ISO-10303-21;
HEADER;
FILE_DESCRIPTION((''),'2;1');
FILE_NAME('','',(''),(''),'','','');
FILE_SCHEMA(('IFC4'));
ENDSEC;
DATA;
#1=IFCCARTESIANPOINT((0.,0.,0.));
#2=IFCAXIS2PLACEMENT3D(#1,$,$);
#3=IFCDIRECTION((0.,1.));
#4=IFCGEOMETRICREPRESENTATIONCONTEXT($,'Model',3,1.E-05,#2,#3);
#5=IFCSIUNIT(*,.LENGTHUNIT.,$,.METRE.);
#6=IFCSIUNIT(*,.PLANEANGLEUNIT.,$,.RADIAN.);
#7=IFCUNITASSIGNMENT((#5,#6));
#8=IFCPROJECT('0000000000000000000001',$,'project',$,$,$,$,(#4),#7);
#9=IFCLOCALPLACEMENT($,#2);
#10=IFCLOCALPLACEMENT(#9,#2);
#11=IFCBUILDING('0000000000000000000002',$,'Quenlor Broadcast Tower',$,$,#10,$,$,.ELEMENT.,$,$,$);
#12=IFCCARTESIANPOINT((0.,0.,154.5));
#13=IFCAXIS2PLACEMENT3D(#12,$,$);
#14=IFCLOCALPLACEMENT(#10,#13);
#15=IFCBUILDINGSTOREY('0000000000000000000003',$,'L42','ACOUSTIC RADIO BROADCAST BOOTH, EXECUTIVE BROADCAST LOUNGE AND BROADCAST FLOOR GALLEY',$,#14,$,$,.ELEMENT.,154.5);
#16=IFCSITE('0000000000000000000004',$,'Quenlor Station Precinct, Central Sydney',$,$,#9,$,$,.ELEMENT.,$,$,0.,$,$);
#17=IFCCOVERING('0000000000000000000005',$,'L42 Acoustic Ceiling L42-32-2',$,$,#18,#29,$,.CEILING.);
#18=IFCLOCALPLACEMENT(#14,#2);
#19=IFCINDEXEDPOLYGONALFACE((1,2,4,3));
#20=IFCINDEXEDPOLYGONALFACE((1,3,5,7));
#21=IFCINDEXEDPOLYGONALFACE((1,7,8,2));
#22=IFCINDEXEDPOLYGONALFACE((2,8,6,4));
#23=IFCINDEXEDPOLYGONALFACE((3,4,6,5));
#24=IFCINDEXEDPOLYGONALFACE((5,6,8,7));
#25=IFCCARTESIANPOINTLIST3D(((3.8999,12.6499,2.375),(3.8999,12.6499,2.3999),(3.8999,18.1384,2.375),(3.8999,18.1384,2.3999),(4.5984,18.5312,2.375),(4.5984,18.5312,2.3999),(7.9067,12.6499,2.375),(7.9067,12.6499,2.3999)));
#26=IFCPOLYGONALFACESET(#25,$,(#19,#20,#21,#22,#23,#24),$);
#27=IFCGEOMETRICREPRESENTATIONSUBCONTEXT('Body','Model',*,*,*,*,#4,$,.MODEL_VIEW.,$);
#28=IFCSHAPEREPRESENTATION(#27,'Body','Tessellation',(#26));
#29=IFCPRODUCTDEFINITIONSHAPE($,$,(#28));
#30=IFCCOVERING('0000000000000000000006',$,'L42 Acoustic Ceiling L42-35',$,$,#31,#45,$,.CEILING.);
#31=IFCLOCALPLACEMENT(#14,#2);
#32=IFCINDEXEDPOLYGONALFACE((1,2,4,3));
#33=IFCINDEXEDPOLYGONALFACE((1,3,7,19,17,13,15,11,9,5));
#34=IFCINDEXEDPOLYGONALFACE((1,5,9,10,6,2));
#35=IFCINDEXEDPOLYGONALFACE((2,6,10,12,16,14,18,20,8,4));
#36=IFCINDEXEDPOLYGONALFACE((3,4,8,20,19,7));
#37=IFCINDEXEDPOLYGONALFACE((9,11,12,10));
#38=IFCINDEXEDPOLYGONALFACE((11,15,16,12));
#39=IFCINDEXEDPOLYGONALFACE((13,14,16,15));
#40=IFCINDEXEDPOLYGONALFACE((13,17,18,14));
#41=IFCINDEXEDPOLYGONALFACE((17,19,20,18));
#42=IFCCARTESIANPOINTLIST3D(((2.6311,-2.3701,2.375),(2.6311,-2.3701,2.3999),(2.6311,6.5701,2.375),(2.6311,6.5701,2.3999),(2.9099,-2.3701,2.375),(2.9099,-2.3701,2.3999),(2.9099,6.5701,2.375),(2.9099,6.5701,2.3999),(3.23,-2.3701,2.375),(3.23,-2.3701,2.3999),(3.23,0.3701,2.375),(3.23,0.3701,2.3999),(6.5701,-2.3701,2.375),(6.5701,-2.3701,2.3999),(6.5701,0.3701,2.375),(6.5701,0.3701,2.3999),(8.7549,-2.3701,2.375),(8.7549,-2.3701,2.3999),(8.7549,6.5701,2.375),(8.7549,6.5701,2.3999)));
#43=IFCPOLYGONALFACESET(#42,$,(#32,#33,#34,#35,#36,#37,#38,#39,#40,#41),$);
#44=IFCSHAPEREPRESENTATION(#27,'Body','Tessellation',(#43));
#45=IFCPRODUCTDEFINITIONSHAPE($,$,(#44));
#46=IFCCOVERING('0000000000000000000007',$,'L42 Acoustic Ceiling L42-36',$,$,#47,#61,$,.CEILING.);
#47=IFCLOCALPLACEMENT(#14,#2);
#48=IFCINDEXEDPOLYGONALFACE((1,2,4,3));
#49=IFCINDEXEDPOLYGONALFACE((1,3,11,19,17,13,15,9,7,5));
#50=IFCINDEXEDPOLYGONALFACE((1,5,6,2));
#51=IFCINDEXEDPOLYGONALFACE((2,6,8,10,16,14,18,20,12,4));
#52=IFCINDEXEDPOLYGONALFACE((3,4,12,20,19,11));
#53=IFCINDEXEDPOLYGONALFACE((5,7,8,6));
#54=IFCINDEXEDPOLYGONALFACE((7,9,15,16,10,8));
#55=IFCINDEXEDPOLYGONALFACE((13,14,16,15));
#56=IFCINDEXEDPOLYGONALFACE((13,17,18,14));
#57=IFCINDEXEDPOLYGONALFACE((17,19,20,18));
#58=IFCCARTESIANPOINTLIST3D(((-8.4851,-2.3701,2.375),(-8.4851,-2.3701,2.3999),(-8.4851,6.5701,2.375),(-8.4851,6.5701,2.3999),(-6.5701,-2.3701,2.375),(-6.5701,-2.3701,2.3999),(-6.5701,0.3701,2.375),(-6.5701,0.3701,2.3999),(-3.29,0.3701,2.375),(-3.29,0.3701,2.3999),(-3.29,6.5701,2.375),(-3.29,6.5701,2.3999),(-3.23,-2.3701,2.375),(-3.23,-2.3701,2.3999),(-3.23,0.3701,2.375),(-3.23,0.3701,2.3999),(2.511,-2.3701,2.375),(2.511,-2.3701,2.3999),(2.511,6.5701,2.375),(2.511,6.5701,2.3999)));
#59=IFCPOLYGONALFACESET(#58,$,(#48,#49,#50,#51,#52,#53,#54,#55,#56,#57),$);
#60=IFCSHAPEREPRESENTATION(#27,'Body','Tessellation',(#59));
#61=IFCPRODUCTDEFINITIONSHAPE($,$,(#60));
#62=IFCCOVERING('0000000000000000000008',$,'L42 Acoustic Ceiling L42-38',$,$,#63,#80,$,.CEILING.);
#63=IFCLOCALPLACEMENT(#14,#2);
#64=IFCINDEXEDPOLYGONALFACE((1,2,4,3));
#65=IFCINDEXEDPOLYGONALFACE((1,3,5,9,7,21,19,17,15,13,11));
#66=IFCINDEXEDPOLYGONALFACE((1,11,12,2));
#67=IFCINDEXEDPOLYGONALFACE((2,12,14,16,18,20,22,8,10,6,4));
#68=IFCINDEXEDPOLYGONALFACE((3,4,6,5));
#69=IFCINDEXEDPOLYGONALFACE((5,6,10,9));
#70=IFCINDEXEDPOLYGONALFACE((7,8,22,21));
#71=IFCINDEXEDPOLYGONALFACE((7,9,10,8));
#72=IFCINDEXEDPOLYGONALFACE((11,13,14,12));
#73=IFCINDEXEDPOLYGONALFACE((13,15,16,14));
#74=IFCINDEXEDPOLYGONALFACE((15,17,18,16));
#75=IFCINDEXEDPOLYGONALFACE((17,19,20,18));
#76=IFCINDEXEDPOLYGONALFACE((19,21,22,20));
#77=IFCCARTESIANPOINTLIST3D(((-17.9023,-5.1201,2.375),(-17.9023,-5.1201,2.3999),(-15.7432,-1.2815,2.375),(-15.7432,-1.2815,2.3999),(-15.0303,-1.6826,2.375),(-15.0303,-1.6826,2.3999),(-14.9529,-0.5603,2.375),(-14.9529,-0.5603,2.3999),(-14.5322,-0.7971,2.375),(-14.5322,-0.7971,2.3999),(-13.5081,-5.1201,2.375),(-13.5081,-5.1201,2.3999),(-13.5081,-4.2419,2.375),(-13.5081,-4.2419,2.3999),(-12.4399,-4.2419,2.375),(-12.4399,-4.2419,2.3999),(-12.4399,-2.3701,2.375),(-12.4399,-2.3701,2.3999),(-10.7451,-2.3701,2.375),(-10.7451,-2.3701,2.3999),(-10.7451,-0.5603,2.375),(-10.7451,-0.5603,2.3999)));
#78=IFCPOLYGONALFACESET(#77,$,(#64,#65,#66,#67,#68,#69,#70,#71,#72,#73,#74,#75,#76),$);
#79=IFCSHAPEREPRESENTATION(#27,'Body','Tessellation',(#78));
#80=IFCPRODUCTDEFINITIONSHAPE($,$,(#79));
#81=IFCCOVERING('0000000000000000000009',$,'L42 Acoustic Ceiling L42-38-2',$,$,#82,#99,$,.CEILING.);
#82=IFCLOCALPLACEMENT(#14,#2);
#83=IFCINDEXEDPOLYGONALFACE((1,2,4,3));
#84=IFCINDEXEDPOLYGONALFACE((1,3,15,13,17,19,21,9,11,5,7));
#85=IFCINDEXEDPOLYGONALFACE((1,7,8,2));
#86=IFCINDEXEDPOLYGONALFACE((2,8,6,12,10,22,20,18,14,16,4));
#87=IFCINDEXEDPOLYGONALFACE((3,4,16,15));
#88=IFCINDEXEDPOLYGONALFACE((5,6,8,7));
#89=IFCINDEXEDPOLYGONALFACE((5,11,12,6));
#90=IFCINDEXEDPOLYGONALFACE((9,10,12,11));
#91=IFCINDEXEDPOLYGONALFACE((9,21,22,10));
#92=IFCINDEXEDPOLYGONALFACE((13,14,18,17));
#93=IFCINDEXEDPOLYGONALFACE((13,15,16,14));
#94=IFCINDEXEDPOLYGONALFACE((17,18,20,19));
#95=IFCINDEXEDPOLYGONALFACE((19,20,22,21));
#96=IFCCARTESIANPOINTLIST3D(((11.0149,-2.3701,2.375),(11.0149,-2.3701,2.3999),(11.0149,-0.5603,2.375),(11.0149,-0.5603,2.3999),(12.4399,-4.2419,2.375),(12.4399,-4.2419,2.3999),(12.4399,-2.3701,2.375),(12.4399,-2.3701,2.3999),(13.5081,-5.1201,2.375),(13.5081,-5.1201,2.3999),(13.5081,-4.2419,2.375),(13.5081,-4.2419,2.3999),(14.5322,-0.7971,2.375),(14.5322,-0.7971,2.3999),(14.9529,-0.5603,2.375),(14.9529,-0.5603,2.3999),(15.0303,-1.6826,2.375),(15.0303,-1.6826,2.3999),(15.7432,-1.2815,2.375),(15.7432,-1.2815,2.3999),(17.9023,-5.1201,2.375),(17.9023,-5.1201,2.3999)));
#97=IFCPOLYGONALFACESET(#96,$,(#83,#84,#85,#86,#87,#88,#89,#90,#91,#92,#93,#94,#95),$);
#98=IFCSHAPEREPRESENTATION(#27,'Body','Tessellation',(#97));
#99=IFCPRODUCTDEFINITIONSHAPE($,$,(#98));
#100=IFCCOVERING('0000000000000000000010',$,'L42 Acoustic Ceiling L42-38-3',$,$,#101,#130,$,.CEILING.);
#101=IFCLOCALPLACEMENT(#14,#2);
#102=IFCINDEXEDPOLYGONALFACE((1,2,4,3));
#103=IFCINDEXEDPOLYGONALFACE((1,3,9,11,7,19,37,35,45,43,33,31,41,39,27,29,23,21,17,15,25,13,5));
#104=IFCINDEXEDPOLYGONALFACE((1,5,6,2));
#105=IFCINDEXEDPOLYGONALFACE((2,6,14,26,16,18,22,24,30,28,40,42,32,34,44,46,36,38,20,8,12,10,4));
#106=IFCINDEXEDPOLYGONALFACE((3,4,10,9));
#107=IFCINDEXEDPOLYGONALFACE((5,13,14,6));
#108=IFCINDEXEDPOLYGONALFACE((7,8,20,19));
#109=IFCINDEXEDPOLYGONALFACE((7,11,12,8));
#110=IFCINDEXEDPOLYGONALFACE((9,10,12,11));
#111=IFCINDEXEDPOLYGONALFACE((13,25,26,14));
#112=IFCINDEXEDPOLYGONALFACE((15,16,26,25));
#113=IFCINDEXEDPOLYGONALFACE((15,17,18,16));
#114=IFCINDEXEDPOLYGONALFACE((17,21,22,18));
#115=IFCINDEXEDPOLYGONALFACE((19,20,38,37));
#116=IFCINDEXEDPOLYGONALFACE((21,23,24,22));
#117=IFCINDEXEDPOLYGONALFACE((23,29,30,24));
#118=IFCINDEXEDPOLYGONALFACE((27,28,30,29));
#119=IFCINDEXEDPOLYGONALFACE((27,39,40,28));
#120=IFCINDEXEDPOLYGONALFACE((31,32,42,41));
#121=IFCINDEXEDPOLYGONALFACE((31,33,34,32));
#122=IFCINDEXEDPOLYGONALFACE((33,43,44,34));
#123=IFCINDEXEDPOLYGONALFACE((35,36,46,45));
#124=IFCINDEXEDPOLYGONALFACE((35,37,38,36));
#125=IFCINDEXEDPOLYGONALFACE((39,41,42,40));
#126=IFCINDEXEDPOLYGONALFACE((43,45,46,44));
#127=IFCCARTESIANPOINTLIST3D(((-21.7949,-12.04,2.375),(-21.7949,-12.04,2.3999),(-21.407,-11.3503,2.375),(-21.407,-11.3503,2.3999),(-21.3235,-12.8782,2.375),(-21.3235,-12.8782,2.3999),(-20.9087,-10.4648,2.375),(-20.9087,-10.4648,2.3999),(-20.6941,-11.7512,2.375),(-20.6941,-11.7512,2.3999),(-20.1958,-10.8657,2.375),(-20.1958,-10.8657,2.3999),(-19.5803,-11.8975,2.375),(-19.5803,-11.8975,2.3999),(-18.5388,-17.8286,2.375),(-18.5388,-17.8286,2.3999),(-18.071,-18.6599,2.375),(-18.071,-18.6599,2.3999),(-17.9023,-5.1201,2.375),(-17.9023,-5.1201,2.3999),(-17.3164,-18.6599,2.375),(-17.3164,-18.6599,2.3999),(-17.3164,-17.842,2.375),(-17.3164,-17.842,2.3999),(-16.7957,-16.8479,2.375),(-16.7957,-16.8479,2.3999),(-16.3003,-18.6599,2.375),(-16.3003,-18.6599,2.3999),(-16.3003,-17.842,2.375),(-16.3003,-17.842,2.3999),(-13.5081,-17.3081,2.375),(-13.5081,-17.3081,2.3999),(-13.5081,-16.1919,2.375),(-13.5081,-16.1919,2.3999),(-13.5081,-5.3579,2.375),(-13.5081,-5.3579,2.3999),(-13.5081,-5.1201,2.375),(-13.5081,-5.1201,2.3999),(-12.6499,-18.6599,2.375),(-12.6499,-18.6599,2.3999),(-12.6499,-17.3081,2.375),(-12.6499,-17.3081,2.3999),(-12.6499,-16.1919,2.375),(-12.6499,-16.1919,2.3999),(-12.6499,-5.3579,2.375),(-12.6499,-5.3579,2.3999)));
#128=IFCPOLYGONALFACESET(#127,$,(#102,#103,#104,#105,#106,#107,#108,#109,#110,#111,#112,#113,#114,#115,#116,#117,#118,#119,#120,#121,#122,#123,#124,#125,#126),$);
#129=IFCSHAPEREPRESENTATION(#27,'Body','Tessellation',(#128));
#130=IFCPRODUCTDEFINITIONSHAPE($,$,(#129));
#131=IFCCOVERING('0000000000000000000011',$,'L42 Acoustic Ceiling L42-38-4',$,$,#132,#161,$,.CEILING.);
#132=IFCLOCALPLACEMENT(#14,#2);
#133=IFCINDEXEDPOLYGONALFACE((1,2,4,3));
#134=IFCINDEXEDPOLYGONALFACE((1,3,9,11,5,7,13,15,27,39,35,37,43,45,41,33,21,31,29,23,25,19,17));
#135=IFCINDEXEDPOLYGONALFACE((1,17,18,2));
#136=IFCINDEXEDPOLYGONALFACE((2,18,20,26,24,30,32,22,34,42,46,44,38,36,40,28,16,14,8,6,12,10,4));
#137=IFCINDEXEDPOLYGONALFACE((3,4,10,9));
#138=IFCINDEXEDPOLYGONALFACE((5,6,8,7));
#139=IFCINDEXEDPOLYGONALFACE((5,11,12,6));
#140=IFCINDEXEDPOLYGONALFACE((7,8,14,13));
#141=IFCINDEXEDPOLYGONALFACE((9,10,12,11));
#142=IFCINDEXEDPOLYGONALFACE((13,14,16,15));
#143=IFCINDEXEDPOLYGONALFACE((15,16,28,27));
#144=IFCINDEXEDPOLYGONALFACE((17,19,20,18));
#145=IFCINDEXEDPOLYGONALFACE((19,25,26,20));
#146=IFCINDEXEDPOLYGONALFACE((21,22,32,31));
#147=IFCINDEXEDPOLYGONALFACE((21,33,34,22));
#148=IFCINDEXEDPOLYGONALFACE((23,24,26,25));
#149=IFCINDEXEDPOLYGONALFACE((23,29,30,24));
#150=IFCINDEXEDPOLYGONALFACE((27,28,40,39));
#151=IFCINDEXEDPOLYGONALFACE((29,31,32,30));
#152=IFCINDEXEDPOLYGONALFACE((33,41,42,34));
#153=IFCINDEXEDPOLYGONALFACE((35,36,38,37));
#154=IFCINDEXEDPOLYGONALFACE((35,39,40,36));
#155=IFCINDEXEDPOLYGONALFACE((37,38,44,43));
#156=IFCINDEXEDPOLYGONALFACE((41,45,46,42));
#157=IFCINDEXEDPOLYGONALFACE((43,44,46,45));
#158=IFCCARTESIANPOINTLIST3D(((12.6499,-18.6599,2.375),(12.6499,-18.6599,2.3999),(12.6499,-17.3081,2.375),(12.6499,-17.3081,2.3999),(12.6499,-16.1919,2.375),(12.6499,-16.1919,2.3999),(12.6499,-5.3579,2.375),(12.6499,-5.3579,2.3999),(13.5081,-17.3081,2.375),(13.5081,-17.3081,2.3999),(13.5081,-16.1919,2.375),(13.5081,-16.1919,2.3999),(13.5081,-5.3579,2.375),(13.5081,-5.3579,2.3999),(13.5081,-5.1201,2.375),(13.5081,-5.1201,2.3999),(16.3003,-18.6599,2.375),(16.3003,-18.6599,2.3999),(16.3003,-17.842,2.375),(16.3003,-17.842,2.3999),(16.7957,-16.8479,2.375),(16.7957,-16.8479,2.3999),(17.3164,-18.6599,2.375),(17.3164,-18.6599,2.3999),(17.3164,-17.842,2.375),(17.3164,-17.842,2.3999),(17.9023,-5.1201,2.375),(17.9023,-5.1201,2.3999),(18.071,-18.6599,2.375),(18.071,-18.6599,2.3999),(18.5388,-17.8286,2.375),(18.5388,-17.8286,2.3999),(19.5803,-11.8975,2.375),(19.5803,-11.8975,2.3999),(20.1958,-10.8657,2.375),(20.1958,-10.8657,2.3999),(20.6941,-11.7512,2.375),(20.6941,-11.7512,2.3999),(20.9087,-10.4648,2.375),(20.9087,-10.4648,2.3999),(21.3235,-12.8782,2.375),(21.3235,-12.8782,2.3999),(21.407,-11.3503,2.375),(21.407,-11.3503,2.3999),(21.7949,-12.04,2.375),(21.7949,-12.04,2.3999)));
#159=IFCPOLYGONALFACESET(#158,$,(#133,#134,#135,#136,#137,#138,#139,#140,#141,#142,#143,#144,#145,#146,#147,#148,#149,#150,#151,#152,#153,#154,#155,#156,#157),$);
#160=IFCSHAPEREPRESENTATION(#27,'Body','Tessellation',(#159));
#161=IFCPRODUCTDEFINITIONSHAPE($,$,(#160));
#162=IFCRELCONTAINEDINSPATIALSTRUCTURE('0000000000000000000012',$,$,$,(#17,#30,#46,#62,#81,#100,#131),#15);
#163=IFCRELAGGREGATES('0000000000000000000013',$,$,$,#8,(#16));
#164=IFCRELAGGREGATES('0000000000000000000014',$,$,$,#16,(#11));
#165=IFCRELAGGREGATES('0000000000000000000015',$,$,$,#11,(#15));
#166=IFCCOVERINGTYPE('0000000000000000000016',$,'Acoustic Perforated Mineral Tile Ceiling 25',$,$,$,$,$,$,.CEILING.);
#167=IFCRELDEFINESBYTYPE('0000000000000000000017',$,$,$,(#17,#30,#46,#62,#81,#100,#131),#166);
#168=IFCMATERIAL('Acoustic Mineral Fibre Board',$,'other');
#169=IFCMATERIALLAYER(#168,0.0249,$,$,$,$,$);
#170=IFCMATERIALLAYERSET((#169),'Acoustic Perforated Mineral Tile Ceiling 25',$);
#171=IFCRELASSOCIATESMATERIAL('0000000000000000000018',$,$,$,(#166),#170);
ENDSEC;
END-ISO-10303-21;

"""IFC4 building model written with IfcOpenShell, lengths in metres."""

from ifc_helpers import new_model, si_unit, direction, frame, origin, place, context, subcontext, project, spatial, polyline, outline, extrude, material, layer, layer_set, type_object, element, save


model = new_model("IFC4")

# Units and contexts
model_context = context("Model", 3, precision=1e-05, world=origin(), true_north=direction((0.0, 1.0)))
body_context = subcontext(model_context, "Body", "Model", "MODEL_VIEW")
ifc_project = project(units=[si_unit("LENGTHUNIT", "METRE"), si_unit("PLANEANGLEUNIT", "RADIAN")], contexts=[model_context])

# Site, building, storey
site_placement = place(None, origin())
site = spatial("IfcSite", under=ifc_project, at=site_placement, Name="Quenlor Station Precinct, Central Sydney", CompositionType="ELEMENT", RefElevation=0.0)
building_placement = place(site_placement, origin())
building = spatial("IfcBuilding", under=site, at=building_placement, Name="Quenlor Broadcast Tower", CompositionType="ELEMENT")
storey_placement = place(building_placement, frame((0.0, 0.0, 154.5)))
storey = spatial("IfcBuildingStorey", under=building, at=storey_placement, Name="L42", Description="ACOUSTIC RADIO BROADCAST BOOTH, EXECUTIVE BROADCAST LOUNGE AND BROADCAST FLOOR GALLEY", CompositionType="ELEMENT", Elevation=154.5)

# Coverings
ifc_material_1 = material(Name="Acoustic Mineral Fibre Board", Category="other")
ifc_layer_1 = layer(ifc_material_1, 0.0249)
ifc_layer_set_1 = layer_set([ifc_layer_1], Name="Acoustic Perforated Mineral Tile Ceiling 25")
covering_type_1 = type_object("IfcCoveringType", Name="Acoustic Perforated Mineral Tile Ceiling 25", PredefinedType="CEILING", material=ifc_layer_set_1)
covering_1_placement = place(storey_placement, frame((0.0, 0.0, 2.375)))
element("IfcCovering", 1, at=covering_1_placement, inside=storey, type_object=covering_type_1, Name="L42 Acoustic Ceiling L42-32-2", PredefinedType="CEILING", context=body_context, shape_type="SweptSolid", body=[
    extrude(outline(polyline([(3.8999, 18.1384), (4.5984, 18.5312), (7.9067, 12.6499), (3.8999, 12.6499), (3.8999, 18.1384)])), origin(), (0.0, 0.0, 1.0), 0.0249),
])
covering_2_placement = place(storey_placement, frame((0.0, 0.0, 2.375)))
element("IfcCovering", 2, at=covering_2_placement, inside=storey, type_object=covering_type_1, Name="L42 Acoustic Ceiling L42-35", PredefinedType="CEILING", context=body_context, shape_type="SweptSolid", body=[
    extrude(outline(polyline([(6.5701, -2.3701), (6.5701, 0.3701), (3.23, 0.3701), (3.23, -2.3701), (2.9099, -2.3701), (2.6311, -2.3701), (2.6311, 6.5701), (2.9099, 6.5701), (8.7549, 6.5701), (8.7549, -2.3701), (6.5701, -2.3701)])), origin(), (0.0, 0.0, 1.0), 0.0249),
])
covering_3_placement = place(storey_placement, frame((0.0, 0.0, 2.375)))
element("IfcCovering", 3, at=covering_3_placement, inside=storey, type_object=covering_type_1, Name="L42 Acoustic Ceiling L42-36", PredefinedType="CEILING", context=body_context, shape_type="SweptSolid", body=[
    extrude(outline(polyline([(-3.23, -2.3701), (-3.23, 0.3701), (-3.29, 0.3701), (-6.5701, 0.3701), (-6.5701, -2.3701), (-8.4851, -2.3701), (-8.4851, 6.5701), (-3.29, 6.5701), (2.511, 6.5701), (2.511, -2.3701), (-3.23, -2.3701)])), origin(), (0.0, 0.0, 1.0), 0.0249),
])
covering_4_placement = place(storey_placement, frame((0.0, 0.0, 2.375)))
element("IfcCovering", 4, at=covering_4_placement, inside=storey, type_object=covering_type_1, Name="L42 Acoustic Ceiling L42-38", PredefinedType="CEILING", context=body_context, shape_type="SweptSolid", body=[
    extrude(outline(polyline([(-15.7432, -1.2815), (-15.0303, -1.6826), (-14.5322, -0.7971), (-14.9529, -0.5603), (-10.7451, -0.5603), (-10.7451, -2.3701), (-12.4399, -2.3701), (-12.4399, -4.2419), (-13.5081, -4.2419), (-13.5081, -5.1201), (-17.9023, -5.1201), (-15.7432, -1.2815)])), origin(), (0.0, 0.0, 1.0), 0.0249),
])
covering_5_placement = place(storey_placement, frame((0.0, 0.0, 2.375)))
element("IfcCovering", 5, at=covering_5_placement, inside=storey, type_object=covering_type_1, Name="L42 Acoustic Ceiling L42-38-2", PredefinedType="CEILING", context=body_context, shape_type="SweptSolid", body=[
    extrude(outline(polyline([(13.5081, -4.2419), (12.4399, -4.2419), (12.4399, -2.3701), (11.0149, -2.3701), (11.0149, -0.5603), (14.9529, -0.5603), (14.5322, -0.7971), (15.0303, -1.6826), (15.7432, -1.2815), (17.9023, -5.1201), (13.5081, -5.1201), (13.5081, -4.2419)])), origin(), (0.0, 0.0, 1.0), 0.0249),
])
covering_6_placement = place(storey_placement, frame((0.0, 0.0, 2.375)))
element("IfcCovering", 6, at=covering_6_placement, inside=storey, type_object=covering_type_1, Name="L42 Acoustic Ceiling L42-38-3", PredefinedType="CEILING", context=body_context, shape_type="SweptSolid", body=[
    extrude(outline(polyline([(-21.7949, -12.04), (-21.407, -11.3503), (-20.6941, -11.7512), (-20.1958, -10.8657), (-20.9087, -10.4648), (-17.9023, -5.1201), (-13.5081, -5.1201), (-13.5081, -5.3579), (-12.6499, -5.3579), (-12.6499, -16.1919), (-13.5081, -16.1919), (-13.5081, -17.3081), (-12.6499, -17.3081), (-12.6499, -18.6599), (-16.3003, -18.6599), (-16.3003, -17.842), (-17.3164, -17.842), (-17.3164, -18.6599), (-18.071, -18.6599), (-18.5388, -17.8286), (-16.7957, -16.8479), (-19.5803, -11.8975), (-21.3235, -12.8782), (-21.7949, -12.04)])), origin(), (0.0, 0.0, 1.0), 0.0249),
])
covering_7_placement = place(storey_placement, frame((0.0, 0.0, 2.375)))
element("IfcCovering", 7, at=covering_7_placement, inside=storey, type_object=covering_type_1, Name="L42 Acoustic Ceiling L42-38-4", PredefinedType="CEILING", context=body_context, shape_type="SweptSolid", body=[
    extrude(outline(polyline([(13.5081, -17.3081), (13.5081, -16.1919), (12.6499, -16.1919), (12.6499, -5.3579), (13.5081, -5.3579), (13.5081, -5.1201), (17.9023, -5.1201), (20.9087, -10.4648), (20.1958, -10.8657), (20.6941, -11.7512), (21.407, -11.3503), (21.7949, -12.04), (21.3235, -12.8782), (19.5803, -11.8975), (16.7957, -16.8479), (18.5388, -17.8286), (18.071, -18.6599), (17.3164, -18.6599), (17.3164, -17.842), (16.3003, -17.842), (16.3003, -18.6599), (12.6499, -18.6599), (12.6499, -17.3081), (13.5081, -17.3081)])), origin(), (0.0, 0.0, 1.0), 0.0249),
])

save(model, "model.ifc")
